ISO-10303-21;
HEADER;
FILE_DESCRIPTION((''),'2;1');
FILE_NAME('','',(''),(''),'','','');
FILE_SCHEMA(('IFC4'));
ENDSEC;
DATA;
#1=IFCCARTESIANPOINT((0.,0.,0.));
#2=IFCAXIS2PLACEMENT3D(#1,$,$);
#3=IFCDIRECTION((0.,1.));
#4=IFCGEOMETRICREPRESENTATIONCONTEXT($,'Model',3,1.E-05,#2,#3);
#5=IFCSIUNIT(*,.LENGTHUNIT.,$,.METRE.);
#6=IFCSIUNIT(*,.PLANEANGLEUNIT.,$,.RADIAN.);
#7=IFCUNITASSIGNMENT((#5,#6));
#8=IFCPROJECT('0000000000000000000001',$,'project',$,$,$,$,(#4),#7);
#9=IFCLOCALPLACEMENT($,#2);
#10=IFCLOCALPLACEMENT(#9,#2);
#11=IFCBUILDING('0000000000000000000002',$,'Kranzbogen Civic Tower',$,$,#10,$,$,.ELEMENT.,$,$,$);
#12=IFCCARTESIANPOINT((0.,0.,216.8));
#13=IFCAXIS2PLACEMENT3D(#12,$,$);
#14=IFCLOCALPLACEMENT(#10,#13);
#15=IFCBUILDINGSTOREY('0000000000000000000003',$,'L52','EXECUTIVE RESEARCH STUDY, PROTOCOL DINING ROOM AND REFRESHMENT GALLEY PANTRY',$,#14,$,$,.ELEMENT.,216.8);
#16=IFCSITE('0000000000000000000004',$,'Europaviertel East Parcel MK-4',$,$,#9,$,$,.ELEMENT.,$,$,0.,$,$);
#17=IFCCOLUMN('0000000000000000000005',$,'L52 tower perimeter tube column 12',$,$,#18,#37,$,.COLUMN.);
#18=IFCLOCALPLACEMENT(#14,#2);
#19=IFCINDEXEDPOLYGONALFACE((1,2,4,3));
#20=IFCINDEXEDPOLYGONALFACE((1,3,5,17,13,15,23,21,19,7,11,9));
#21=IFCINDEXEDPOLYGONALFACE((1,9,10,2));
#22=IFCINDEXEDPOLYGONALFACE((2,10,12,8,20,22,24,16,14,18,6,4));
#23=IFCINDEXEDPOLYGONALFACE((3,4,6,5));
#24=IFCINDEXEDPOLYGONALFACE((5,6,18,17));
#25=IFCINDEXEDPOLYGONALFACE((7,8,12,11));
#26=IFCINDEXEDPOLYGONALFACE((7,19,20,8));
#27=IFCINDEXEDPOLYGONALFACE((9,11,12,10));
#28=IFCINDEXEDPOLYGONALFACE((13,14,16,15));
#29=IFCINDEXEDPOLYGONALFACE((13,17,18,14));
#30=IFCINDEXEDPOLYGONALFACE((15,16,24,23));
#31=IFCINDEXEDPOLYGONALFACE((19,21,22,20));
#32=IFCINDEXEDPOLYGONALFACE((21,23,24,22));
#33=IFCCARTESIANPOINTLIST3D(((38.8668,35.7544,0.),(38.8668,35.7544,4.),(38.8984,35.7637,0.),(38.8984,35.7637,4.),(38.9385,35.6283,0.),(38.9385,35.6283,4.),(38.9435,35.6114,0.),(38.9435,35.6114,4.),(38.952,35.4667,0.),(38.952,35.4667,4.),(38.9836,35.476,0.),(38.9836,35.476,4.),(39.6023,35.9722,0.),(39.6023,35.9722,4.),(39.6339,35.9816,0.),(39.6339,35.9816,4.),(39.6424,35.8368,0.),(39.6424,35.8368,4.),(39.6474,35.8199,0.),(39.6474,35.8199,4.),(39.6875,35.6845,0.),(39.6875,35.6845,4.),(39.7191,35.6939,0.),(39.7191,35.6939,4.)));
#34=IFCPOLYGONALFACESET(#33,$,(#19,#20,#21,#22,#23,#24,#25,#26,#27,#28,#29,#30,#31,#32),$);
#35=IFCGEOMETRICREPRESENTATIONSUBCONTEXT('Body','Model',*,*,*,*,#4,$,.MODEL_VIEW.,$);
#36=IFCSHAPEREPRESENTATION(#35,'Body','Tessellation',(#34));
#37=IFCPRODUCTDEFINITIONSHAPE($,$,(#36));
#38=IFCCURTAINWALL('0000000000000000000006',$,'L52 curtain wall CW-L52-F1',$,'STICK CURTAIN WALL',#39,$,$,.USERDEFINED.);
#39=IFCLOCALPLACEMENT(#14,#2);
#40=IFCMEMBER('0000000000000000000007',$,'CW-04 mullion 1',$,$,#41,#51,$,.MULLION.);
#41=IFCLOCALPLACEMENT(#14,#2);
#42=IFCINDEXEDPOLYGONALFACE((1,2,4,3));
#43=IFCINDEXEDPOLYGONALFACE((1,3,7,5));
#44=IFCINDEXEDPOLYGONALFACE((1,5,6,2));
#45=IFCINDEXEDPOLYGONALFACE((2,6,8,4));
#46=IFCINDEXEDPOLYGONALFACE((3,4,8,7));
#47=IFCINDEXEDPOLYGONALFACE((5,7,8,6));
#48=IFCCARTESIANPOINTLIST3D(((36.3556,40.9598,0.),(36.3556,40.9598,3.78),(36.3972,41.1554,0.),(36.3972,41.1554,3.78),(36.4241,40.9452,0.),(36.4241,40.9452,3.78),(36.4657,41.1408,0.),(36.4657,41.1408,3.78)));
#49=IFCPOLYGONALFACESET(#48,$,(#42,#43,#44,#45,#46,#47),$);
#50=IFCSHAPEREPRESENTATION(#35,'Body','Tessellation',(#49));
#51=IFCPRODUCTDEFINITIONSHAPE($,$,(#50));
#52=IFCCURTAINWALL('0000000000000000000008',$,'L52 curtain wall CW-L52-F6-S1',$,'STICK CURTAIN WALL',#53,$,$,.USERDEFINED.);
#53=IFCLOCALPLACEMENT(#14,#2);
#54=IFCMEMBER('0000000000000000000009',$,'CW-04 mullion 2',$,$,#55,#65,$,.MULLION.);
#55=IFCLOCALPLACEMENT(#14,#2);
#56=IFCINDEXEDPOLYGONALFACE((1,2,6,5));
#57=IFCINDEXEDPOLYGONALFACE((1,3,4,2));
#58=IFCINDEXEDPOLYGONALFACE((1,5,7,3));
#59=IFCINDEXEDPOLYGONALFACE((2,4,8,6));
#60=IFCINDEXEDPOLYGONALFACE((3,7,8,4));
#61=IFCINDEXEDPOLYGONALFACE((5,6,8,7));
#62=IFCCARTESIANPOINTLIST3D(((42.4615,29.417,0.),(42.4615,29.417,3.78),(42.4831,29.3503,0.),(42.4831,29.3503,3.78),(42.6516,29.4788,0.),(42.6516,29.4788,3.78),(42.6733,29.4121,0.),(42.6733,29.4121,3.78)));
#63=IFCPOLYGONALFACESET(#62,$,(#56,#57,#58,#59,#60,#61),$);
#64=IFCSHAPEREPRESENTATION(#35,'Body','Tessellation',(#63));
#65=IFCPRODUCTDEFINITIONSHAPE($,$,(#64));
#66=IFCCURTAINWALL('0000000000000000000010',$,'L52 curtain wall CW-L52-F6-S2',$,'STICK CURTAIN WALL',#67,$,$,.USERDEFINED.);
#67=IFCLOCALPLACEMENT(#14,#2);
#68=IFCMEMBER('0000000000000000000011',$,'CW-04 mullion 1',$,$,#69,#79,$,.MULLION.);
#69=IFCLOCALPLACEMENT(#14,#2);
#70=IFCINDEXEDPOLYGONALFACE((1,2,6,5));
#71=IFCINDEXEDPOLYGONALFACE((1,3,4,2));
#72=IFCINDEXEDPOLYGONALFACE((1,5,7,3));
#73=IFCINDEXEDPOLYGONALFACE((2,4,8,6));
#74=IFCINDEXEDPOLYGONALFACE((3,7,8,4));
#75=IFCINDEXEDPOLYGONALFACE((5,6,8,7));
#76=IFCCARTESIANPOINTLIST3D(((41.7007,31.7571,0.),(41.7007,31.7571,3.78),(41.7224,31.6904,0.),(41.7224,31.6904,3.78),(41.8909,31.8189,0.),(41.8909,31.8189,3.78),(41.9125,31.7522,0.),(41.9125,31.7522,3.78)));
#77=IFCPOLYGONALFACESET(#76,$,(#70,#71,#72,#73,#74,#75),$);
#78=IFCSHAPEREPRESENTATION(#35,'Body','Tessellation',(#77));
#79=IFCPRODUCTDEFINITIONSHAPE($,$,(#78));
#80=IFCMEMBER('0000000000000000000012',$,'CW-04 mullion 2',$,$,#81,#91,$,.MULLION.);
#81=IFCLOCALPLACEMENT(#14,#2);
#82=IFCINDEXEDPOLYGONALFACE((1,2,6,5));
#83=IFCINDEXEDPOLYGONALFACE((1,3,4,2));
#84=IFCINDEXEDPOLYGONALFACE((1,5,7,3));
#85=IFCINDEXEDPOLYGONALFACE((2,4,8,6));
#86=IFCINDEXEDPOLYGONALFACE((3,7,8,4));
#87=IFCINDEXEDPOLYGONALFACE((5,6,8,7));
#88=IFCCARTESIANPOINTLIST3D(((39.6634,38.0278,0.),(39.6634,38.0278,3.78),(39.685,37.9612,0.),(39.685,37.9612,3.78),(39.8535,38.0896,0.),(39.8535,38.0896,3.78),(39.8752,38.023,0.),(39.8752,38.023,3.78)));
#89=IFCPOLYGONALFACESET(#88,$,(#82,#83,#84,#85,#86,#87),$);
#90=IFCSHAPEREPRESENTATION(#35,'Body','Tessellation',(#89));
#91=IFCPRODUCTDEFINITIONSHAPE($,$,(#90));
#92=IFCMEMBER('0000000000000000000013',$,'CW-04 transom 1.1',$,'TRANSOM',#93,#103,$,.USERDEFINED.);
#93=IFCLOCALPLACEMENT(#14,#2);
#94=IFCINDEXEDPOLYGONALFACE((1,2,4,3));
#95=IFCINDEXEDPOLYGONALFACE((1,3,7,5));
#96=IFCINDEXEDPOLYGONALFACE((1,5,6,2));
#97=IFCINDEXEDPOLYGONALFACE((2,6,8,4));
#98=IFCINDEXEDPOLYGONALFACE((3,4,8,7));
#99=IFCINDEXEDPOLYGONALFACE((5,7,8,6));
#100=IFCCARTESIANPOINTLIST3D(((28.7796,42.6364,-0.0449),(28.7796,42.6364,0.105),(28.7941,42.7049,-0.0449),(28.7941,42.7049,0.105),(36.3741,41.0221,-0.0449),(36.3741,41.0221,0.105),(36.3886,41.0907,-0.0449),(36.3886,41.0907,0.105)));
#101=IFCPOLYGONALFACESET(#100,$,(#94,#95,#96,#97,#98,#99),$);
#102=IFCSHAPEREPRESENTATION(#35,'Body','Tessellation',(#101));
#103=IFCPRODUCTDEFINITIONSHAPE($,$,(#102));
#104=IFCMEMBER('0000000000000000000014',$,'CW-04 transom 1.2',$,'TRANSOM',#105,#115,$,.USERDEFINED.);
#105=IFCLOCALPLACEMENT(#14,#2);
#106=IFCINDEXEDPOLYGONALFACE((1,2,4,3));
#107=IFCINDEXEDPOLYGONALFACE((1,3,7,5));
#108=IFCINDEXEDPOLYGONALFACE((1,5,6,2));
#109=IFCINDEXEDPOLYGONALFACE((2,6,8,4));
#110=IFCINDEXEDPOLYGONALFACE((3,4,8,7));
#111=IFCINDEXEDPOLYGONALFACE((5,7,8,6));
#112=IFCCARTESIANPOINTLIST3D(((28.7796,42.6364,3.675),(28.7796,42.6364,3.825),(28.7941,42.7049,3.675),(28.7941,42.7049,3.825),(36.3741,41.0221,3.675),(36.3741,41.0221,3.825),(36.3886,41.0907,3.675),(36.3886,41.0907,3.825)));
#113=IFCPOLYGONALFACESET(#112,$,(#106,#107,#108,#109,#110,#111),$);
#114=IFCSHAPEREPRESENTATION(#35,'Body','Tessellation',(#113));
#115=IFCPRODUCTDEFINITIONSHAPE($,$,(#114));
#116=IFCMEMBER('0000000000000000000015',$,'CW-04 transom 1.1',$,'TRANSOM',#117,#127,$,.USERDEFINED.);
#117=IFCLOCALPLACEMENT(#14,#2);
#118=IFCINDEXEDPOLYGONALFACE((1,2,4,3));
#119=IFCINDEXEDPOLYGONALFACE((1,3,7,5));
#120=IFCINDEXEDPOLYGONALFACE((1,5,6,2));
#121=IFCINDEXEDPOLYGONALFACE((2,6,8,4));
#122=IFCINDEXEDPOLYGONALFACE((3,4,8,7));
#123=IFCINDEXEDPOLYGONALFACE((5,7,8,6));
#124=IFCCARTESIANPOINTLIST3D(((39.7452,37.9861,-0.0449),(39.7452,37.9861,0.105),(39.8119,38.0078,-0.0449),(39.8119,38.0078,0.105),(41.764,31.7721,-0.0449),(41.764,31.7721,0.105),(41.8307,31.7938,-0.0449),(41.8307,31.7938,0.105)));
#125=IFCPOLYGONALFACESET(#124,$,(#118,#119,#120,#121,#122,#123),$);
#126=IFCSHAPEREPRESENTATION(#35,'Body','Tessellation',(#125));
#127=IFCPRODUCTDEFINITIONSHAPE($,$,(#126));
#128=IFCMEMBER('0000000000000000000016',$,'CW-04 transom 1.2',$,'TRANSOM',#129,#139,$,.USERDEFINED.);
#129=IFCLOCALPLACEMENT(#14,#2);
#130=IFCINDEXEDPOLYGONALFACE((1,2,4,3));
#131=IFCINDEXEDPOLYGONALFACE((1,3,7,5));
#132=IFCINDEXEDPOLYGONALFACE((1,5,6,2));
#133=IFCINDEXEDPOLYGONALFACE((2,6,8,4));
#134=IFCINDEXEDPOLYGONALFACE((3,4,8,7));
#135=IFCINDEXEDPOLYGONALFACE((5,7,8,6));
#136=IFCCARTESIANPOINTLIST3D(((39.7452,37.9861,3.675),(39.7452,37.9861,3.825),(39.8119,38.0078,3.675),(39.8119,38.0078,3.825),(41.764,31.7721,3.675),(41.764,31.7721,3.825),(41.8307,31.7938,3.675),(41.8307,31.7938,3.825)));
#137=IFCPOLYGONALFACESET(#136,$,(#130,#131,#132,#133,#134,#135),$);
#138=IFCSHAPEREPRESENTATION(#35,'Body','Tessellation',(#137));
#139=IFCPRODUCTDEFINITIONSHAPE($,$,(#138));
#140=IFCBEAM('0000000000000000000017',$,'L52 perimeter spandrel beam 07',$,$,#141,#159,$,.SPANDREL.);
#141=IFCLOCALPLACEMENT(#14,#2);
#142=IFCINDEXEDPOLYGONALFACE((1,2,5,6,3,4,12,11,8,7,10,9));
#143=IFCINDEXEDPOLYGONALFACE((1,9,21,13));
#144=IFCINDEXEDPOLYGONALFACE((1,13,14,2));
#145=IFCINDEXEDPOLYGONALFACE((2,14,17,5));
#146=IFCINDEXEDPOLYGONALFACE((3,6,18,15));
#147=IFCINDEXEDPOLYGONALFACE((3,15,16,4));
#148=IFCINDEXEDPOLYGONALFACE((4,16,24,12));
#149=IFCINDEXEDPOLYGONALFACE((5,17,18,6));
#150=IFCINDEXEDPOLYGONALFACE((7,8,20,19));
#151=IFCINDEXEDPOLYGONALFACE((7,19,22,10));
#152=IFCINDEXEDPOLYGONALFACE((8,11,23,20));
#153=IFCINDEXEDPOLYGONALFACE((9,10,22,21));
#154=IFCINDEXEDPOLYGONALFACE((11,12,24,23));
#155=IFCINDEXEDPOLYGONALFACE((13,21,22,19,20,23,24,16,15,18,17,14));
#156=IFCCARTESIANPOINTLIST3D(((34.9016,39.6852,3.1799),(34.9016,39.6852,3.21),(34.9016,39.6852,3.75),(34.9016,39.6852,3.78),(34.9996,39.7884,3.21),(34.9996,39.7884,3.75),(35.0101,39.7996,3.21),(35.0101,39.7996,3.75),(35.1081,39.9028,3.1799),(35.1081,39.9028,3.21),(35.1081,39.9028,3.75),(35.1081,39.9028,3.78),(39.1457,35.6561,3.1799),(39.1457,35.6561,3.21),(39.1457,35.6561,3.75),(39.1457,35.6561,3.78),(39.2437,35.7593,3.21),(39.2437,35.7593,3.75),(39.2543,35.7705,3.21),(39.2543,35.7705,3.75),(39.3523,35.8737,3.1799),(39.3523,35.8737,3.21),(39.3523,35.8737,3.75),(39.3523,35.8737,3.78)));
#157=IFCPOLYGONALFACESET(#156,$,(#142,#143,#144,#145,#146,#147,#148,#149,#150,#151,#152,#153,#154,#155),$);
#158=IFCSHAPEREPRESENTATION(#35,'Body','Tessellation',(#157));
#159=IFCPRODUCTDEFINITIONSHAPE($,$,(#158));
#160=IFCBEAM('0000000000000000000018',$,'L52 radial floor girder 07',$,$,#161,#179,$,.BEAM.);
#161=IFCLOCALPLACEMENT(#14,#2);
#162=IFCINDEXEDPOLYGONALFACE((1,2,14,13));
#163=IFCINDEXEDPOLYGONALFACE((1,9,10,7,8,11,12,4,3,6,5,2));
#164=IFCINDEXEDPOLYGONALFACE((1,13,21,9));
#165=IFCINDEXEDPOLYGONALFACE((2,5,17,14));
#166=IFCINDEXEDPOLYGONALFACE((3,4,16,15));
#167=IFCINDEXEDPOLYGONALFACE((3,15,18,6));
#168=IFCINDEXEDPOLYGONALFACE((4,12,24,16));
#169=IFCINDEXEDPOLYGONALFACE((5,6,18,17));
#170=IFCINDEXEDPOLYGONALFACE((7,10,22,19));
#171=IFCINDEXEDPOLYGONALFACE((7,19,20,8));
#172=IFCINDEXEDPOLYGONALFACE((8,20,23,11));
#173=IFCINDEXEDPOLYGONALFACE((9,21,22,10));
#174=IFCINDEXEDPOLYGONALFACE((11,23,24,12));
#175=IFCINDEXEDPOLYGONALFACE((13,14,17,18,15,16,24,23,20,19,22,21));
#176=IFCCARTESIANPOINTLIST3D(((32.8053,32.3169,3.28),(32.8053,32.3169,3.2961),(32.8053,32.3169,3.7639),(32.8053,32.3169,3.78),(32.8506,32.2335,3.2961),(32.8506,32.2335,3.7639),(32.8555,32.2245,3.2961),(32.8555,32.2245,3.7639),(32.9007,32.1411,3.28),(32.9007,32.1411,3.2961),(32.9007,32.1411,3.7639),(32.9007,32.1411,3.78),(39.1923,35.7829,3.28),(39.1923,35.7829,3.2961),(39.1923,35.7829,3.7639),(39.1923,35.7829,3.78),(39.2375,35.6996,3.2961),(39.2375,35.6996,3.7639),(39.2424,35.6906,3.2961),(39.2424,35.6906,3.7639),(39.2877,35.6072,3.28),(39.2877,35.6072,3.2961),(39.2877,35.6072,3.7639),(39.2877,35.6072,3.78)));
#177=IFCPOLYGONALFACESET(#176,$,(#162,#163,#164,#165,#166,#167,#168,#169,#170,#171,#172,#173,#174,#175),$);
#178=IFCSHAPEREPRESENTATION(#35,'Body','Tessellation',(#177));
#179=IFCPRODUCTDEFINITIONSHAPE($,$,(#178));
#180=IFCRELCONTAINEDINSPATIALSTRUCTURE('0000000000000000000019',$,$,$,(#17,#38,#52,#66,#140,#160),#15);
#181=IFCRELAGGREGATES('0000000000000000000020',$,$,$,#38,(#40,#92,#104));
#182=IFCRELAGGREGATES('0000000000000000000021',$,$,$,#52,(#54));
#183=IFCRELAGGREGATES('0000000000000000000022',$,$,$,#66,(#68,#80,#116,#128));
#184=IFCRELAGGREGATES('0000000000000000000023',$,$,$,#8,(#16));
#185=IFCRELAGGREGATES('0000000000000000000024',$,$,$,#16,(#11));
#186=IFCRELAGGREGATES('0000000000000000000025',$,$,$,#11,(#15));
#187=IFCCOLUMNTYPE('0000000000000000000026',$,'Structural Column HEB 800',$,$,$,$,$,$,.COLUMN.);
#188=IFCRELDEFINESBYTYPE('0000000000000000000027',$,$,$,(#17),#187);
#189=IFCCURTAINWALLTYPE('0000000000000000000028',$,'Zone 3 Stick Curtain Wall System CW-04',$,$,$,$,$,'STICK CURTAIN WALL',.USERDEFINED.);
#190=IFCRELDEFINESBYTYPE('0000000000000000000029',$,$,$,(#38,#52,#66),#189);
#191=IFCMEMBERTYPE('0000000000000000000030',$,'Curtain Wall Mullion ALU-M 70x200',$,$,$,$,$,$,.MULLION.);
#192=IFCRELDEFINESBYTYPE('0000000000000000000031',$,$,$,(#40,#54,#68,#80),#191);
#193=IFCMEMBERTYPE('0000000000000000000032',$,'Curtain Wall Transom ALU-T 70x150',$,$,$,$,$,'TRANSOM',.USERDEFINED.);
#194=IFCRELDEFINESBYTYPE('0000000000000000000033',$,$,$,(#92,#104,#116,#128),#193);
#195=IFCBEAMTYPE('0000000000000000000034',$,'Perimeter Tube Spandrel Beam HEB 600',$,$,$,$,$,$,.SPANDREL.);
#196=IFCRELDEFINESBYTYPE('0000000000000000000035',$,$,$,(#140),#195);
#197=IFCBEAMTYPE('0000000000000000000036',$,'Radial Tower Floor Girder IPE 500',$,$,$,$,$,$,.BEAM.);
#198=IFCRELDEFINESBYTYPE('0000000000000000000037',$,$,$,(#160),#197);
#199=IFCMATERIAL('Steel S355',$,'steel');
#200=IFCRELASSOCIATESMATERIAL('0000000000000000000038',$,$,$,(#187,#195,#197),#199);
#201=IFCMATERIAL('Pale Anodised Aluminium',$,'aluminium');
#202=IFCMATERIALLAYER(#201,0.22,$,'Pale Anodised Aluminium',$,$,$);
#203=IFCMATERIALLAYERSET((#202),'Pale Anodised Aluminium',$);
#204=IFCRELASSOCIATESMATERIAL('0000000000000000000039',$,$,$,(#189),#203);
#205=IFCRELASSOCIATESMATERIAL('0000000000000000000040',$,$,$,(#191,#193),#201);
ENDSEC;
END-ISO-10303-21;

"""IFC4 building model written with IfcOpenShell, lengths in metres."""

from ifc_helpers import new_model, si_unit, direction, frame, origin, origin_2d, place, context, subcontext, project, spatial, rectangle, i_section, extrude, material, layer, layer_set, material_profile, profile_set, type_object, element, aggregate, save


model = new_model("IFC4")

# Units and contexts
model_context = context("Model", 3, precision=1e-05, world=origin(), true_north=direction((0.0, 1.0)))
body_context = subcontext(model_context, "Body", "Model", "MODEL_VIEW")
ifc_project = project(units=[si_unit("LENGTHUNIT", "METRE"), si_unit("PLANEANGLEUNIT", "RADIAN")], contexts=[model_context])

# Site, building, storey
site_placement = place(None, origin())
site = spatial("IfcSite", under=ifc_project, at=site_placement, Name="Europaviertel East Parcel MK-4", CompositionType="ELEMENT", RefElevation=0.0)
building_placement = place(site_placement, origin())
building = spatial("IfcBuilding", under=site, at=building_placement, Name="Kranzbogen Civic Tower", CompositionType="ELEMENT")
storey_placement = place(building_placement, frame((0.0, 0.0, 216.8)))
storey = spatial("IfcBuildingStorey", under=building, at=storey_placement, Name="L52", Description="EXECUTIVE RESEARCH STUDY, PROTOCOL DINING ROOM AND REFRESHMENT GALLEY PANTRY", CompositionType="ELEMENT", Elevation=216.8)

# Column
ifc_material_1 = material(Name="Steel S355", Category="steel")
ifc_material_profile_1 = material_profile(ifc_material_1, i_section(OverallWidth=0.3, OverallDepth=0.8, WebThickness=0.0176, FlangeThickness=0.033, at=origin_2d()), Name="HEB 800")
ifc_profile_set_1 = profile_set([ifc_material_profile_1], Name="Steel S355")
column_type = type_object("IfcColumnType", Name="Structural Column HEB 800", PredefinedType="COLUMN", material=ifc_profile_set_1)
column_placement = place(storey_placement, frame((39.293, 35.7241, 0.0), z_axis=(0.0, 0.0, 1.0), x_axis=(-0.284015, 0.95882, 0.0)))
element("IfcColumn", 1, at=column_placement, inside=storey, type_object=column_type, Name="L52 tower perimeter tube column 12", PredefinedType="COLUMN", context=body_context, shape_type="SweptSolid", body=[
    extrude(i_section(OverallWidth=0.3, OverallDepth=0.8, WebThickness=0.0176, FlangeThickness=0.033, at=origin_2d()), origin(), (0.0, 0.0, 1.0), 4.0),
])

# Curtain walls, members
ifc_material_2 = material(Name="Pale Anodised Aluminium", Category="aluminium")
ifc_layer_1 = layer(ifc_material_2, 0.22, Name="Pale Anodised Aluminium")
ifc_layer_set_1 = layer_set([ifc_layer_1], Name="Pale Anodised Aluminium")
curtain_wall_type = type_object("IfcCurtainWallType", Name="Zone 3 Stick Curtain Wall System CW-04", ElementType="STICK CURTAIN WALL", PredefinedType="USERDEFINED", material=ifc_layer_set_1)
curtain_wall_1_placement = place(storey_placement, origin())
curtain_wall_1 = element("IfcCurtainWall", 2, at=curtain_wall_1_placement, inside=storey, type_object=curtain_wall_type, Name="L52 curtain wall CW-L52-F1", ObjectType="STICK CURTAIN WALL", PredefinedType="USERDEFINED")
ifc_material_profile_2 = material_profile(ifc_material_2, rectangle(XDim=0.0701, YDim=0.2, at=origin_2d()), Name="ALU-M 70x200")
ifc_profile_set_2 = profile_set([ifc_material_profile_2], Name="Pale Anodised Aluminium")
member_type_1 = type_object("IfcMemberType", Name="Curtain Wall Mullion ALU-M 70x200", PredefinedType="MULLION", material=ifc_profile_set_2)
member_1_placement = place(storey_placement, frame((36.4106, 41.0503, 0.0), z_axis=(0.0, 0.0, 1.0), x_axis=(-0.978147, 0.207916, 0.0)))
member_1 = element("IfcMember", 3, at=member_1_placement, type_object=member_type_1, Name="CW-04 mullion 1", PredefinedType="MULLION", context=body_context, shape_type="SweptSolid", body=[
    extrude(rectangle(XDim=0.0701, YDim=0.2, at=origin_2d()), origin(), (0.0, 0.0, 1.0), 3.78),
])
curtain_wall_2_placement = place(storey_placement, origin())
curtain_wall_2 = element("IfcCurtainWall", 4, at=curtain_wall_2_placement, inside=storey, type_object=curtain_wall_type, Name="L52 curtain wall CW-L52-F6-S1", ObjectType="STICK CURTAIN WALL", PredefinedType="USERDEFINED")
member_2_placement = place(storey_placement, frame((42.5674, 29.4146, 0.0), z_axis=(0.0, 0.0, 1.0), x_axis=(-0.309005, 0.951061, 0.0)))
member_2 = element("IfcMember", 5, at=member_2_placement, type_object=member_type_1, Name="CW-04 mullion 2", PredefinedType="MULLION", context=body_context, shape_type="SweptSolid", body=[
    extrude(rectangle(XDim=0.0701, YDim=0.2, at=origin_2d()), origin(), (0.0, 0.0, 1.0), 3.78),
])

# Curtain wall, members
curtain_wall_3_placement = place(storey_placement, origin())
curtain_wall_3 = element("IfcCurtainWall", 6, at=curtain_wall_3_placement, inside=storey, type_object=curtain_wall_type, Name="L52 curtain wall CW-L52-F6-S2", ObjectType="STICK CURTAIN WALL", PredefinedType="USERDEFINED")
member_3_placement = place(storey_placement, frame((41.8066, 31.7546, 0.0), z_axis=(0.0, 0.0, 1.0), x_axis=(-0.309005, 0.951061, 0.0)))
member_3 = element("IfcMember", 7, at=member_3_placement, type_object=member_type_1, Name="CW-04 mullion 1", PredefinedType="MULLION", context=body_context, shape_type="SweptSolid", body=[
    extrude(rectangle(XDim=0.0701, YDim=0.2, at=origin_2d()), origin(), (0.0, 0.0, 1.0), 3.78),
])
member_4_placement = place(storey_placement, frame((39.7693, 38.0254, 0.0), z_axis=(0.0, 0.0, 1.0), x_axis=(-0.309005, 0.951061, 0.0)))
member_4 = element("IfcMember", 8, at=member_4_placement, type_object=member_type_1, Name="CW-04 mullion 2", PredefinedType="MULLION", context=body_context, shape_type="SweptSolid", body=[
    extrude(rectangle(XDim=0.0701, YDim=0.2, at=origin_2d()), origin(), (0.0, 0.0, 1.0), 3.78),
])

# Members
ifc_material_profile_3 = material_profile(ifc_material_2, rectangle(XDim=0.0701, YDim=0.1499, at=origin_2d()), Name="ALU-T 70x150")
ifc_profile_set_3 = profile_set([ifc_material_profile_3], Name="Pale Anodised Aluminium")
member_type_2 = type_object("IfcMemberType", Name="Curtain Wall Transom ALU-T 70x150", ElementType="TRANSOM", PredefinedType="USERDEFINED", material=ifc_profile_set_3)
member_5_placement = place(storey_placement, frame((36.3813, 41.0564, 0.03), z_axis=(-0.978148, 0.207912, 0.0), x_axis=(-0.207912, -0.978148, 0.0)))
member_5 = element("IfcMember", 9, at=member_5_placement, type_object=member_type_2, Name="CW-04 transom 1.1", ObjectType="TRANSOM", PredefinedType="USERDEFINED", context=body_context, shape_type="SweptSolid", body=[
    extrude(rectangle(XDim=0.0701, YDim=0.1499, at=origin_2d()), origin(), (0.0, 0.0, 1.0), 7.7642),
])
member_6_placement = place(storey_placement, frame((36.3813, 41.0564, 3.75), z_axis=(-0.978148, 0.207912, 0.0), x_axis=(-0.207912, -0.978148, 0.0)))
member_6 = element("IfcMember", 10, at=member_6_placement, type_object=member_type_2, Name="CW-04 transom 1.2", ObjectType="TRANSOM", PredefinedType="USERDEFINED", context=body_context, shape_type="SweptSolid", body=[
    extrude(rectangle(XDim=0.0701, YDim=0.1499, at=origin_2d()), origin(), (0.0, 0.0, 1.0), 7.7642),
])
aggregate(curtain_wall_1, [member_1, member_5, member_6])
member_7_placement = place(storey_placement, frame((41.7974, 31.783, 0.03), z_axis=(-0.308988, 0.951066, 0.0), x_axis=(-0.951066, -0.308988, 0.0)))
member_7 = element("IfcMember", 11, at=member_7_placement, type_object=member_type_2, Name="CW-04 transom 1.1", ObjectType="TRANSOM", PredefinedType="USERDEFINED", context=body_context, shape_type="SweptSolid", body=[
    extrude(rectangle(XDim=0.0701, YDim=0.1499, at=origin_2d()), origin(), (0.0, 0.0, 1.0), 6.5337),
])
member_8_placement = place(storey_placement, frame((41.7974, 31.783, 3.75), z_axis=(-0.308988, 0.951066, 0.0), x_axis=(-0.951066, -0.308988, 0.0)))
member_8 = element("IfcMember", 12, at=member_8_placement, type_object=member_type_2, Name="CW-04 transom 1.2", ObjectType="TRANSOM", PredefinedType="USERDEFINED", context=body_context, shape_type="SweptSolid", body=[
    extrude(rectangle(XDim=0.0701, YDim=0.1499, at=origin_2d()), origin(), (0.0, 0.0, 1.0), 6.5337),
])

# Beams
ifc_material_profile_4 = material_profile(ifc_material_1, i_section(OverallWidth=0.3, OverallDepth=0.6001, WebThickness=0.0154, FlangeThickness=0.03, at=origin_2d()), Name="HEB 600")
ifc_profile_set_4 = profile_set([ifc_material_profile_4], Name="Steel S355")
beam_type_1 = type_object("IfcBeamType", Name="Perimeter Tube Spandrel Beam HEB 600", PredefinedType="SPANDREL", material=ifc_profile_set_4)
beam_1_placement = place(storey_placement, frame((39.249, 35.7649, 3.48), z_axis=(-0.725245, 0.688491, 0.0), x_axis=(-0.688491, -0.725245, 0.0)))
element("IfcBeam", 13, at=beam_1_placement, inside=storey, type_object=beam_type_1, Name="L52 perimeter spandrel beam 07", PredefinedType="SPANDREL", context=body_context, shape_type="SweptSolid", body=[
    extrude(i_section(OverallWidth=0.3, OverallDepth=0.6001, WebThickness=0.0154, FlangeThickness=0.03, at=origin_2d()), origin(), (0.0, 0.0, 1.0), 5.8521),
])
ifc_material_profile_5 = material_profile(ifc_material_1, i_section(OverallWidth=0.2, OverallDepth=0.5, WebThickness=0.0103, FlangeThickness=0.0161, at=origin_2d()), Name="IPE 500")
ifc_profile_set_5 = profile_set([ifc_material_profile_5], Name="Steel S355")
beam_type_2 = type_object("IfcBeamType", Name="Radial Tower Floor Girder IPE 500", PredefinedType="BEAM", material=ifc_profile_set_5)
beam_2_placement = place(storey_placement, frame((39.24, 35.6951, 3.53), z_axis=(-0.878919, -0.47697, 0.0), x_axis=(0.47697, -0.878919, 0.0)))
element("IfcBeam", 14, at=beam_2_placement, inside=storey, type_object=beam_type_2, Name="L52 radial floor girder 07", PredefinedType="BEAM", context=body_context, shape_type="SweptSolid", body=[
    extrude(i_section(OverallWidth=0.2, OverallDepth=0.5, WebThickness=0.0103, FlangeThickness=0.0161, at=origin_2d()), origin(), (0.0, 0.0, 1.0), 7.2668),
])

aggregate(curtain_wall_2, [member_2])
aggregate(curtain_wall_3, [member_3, member_4, member_7, member_8])

save(model, "model.ifc")
